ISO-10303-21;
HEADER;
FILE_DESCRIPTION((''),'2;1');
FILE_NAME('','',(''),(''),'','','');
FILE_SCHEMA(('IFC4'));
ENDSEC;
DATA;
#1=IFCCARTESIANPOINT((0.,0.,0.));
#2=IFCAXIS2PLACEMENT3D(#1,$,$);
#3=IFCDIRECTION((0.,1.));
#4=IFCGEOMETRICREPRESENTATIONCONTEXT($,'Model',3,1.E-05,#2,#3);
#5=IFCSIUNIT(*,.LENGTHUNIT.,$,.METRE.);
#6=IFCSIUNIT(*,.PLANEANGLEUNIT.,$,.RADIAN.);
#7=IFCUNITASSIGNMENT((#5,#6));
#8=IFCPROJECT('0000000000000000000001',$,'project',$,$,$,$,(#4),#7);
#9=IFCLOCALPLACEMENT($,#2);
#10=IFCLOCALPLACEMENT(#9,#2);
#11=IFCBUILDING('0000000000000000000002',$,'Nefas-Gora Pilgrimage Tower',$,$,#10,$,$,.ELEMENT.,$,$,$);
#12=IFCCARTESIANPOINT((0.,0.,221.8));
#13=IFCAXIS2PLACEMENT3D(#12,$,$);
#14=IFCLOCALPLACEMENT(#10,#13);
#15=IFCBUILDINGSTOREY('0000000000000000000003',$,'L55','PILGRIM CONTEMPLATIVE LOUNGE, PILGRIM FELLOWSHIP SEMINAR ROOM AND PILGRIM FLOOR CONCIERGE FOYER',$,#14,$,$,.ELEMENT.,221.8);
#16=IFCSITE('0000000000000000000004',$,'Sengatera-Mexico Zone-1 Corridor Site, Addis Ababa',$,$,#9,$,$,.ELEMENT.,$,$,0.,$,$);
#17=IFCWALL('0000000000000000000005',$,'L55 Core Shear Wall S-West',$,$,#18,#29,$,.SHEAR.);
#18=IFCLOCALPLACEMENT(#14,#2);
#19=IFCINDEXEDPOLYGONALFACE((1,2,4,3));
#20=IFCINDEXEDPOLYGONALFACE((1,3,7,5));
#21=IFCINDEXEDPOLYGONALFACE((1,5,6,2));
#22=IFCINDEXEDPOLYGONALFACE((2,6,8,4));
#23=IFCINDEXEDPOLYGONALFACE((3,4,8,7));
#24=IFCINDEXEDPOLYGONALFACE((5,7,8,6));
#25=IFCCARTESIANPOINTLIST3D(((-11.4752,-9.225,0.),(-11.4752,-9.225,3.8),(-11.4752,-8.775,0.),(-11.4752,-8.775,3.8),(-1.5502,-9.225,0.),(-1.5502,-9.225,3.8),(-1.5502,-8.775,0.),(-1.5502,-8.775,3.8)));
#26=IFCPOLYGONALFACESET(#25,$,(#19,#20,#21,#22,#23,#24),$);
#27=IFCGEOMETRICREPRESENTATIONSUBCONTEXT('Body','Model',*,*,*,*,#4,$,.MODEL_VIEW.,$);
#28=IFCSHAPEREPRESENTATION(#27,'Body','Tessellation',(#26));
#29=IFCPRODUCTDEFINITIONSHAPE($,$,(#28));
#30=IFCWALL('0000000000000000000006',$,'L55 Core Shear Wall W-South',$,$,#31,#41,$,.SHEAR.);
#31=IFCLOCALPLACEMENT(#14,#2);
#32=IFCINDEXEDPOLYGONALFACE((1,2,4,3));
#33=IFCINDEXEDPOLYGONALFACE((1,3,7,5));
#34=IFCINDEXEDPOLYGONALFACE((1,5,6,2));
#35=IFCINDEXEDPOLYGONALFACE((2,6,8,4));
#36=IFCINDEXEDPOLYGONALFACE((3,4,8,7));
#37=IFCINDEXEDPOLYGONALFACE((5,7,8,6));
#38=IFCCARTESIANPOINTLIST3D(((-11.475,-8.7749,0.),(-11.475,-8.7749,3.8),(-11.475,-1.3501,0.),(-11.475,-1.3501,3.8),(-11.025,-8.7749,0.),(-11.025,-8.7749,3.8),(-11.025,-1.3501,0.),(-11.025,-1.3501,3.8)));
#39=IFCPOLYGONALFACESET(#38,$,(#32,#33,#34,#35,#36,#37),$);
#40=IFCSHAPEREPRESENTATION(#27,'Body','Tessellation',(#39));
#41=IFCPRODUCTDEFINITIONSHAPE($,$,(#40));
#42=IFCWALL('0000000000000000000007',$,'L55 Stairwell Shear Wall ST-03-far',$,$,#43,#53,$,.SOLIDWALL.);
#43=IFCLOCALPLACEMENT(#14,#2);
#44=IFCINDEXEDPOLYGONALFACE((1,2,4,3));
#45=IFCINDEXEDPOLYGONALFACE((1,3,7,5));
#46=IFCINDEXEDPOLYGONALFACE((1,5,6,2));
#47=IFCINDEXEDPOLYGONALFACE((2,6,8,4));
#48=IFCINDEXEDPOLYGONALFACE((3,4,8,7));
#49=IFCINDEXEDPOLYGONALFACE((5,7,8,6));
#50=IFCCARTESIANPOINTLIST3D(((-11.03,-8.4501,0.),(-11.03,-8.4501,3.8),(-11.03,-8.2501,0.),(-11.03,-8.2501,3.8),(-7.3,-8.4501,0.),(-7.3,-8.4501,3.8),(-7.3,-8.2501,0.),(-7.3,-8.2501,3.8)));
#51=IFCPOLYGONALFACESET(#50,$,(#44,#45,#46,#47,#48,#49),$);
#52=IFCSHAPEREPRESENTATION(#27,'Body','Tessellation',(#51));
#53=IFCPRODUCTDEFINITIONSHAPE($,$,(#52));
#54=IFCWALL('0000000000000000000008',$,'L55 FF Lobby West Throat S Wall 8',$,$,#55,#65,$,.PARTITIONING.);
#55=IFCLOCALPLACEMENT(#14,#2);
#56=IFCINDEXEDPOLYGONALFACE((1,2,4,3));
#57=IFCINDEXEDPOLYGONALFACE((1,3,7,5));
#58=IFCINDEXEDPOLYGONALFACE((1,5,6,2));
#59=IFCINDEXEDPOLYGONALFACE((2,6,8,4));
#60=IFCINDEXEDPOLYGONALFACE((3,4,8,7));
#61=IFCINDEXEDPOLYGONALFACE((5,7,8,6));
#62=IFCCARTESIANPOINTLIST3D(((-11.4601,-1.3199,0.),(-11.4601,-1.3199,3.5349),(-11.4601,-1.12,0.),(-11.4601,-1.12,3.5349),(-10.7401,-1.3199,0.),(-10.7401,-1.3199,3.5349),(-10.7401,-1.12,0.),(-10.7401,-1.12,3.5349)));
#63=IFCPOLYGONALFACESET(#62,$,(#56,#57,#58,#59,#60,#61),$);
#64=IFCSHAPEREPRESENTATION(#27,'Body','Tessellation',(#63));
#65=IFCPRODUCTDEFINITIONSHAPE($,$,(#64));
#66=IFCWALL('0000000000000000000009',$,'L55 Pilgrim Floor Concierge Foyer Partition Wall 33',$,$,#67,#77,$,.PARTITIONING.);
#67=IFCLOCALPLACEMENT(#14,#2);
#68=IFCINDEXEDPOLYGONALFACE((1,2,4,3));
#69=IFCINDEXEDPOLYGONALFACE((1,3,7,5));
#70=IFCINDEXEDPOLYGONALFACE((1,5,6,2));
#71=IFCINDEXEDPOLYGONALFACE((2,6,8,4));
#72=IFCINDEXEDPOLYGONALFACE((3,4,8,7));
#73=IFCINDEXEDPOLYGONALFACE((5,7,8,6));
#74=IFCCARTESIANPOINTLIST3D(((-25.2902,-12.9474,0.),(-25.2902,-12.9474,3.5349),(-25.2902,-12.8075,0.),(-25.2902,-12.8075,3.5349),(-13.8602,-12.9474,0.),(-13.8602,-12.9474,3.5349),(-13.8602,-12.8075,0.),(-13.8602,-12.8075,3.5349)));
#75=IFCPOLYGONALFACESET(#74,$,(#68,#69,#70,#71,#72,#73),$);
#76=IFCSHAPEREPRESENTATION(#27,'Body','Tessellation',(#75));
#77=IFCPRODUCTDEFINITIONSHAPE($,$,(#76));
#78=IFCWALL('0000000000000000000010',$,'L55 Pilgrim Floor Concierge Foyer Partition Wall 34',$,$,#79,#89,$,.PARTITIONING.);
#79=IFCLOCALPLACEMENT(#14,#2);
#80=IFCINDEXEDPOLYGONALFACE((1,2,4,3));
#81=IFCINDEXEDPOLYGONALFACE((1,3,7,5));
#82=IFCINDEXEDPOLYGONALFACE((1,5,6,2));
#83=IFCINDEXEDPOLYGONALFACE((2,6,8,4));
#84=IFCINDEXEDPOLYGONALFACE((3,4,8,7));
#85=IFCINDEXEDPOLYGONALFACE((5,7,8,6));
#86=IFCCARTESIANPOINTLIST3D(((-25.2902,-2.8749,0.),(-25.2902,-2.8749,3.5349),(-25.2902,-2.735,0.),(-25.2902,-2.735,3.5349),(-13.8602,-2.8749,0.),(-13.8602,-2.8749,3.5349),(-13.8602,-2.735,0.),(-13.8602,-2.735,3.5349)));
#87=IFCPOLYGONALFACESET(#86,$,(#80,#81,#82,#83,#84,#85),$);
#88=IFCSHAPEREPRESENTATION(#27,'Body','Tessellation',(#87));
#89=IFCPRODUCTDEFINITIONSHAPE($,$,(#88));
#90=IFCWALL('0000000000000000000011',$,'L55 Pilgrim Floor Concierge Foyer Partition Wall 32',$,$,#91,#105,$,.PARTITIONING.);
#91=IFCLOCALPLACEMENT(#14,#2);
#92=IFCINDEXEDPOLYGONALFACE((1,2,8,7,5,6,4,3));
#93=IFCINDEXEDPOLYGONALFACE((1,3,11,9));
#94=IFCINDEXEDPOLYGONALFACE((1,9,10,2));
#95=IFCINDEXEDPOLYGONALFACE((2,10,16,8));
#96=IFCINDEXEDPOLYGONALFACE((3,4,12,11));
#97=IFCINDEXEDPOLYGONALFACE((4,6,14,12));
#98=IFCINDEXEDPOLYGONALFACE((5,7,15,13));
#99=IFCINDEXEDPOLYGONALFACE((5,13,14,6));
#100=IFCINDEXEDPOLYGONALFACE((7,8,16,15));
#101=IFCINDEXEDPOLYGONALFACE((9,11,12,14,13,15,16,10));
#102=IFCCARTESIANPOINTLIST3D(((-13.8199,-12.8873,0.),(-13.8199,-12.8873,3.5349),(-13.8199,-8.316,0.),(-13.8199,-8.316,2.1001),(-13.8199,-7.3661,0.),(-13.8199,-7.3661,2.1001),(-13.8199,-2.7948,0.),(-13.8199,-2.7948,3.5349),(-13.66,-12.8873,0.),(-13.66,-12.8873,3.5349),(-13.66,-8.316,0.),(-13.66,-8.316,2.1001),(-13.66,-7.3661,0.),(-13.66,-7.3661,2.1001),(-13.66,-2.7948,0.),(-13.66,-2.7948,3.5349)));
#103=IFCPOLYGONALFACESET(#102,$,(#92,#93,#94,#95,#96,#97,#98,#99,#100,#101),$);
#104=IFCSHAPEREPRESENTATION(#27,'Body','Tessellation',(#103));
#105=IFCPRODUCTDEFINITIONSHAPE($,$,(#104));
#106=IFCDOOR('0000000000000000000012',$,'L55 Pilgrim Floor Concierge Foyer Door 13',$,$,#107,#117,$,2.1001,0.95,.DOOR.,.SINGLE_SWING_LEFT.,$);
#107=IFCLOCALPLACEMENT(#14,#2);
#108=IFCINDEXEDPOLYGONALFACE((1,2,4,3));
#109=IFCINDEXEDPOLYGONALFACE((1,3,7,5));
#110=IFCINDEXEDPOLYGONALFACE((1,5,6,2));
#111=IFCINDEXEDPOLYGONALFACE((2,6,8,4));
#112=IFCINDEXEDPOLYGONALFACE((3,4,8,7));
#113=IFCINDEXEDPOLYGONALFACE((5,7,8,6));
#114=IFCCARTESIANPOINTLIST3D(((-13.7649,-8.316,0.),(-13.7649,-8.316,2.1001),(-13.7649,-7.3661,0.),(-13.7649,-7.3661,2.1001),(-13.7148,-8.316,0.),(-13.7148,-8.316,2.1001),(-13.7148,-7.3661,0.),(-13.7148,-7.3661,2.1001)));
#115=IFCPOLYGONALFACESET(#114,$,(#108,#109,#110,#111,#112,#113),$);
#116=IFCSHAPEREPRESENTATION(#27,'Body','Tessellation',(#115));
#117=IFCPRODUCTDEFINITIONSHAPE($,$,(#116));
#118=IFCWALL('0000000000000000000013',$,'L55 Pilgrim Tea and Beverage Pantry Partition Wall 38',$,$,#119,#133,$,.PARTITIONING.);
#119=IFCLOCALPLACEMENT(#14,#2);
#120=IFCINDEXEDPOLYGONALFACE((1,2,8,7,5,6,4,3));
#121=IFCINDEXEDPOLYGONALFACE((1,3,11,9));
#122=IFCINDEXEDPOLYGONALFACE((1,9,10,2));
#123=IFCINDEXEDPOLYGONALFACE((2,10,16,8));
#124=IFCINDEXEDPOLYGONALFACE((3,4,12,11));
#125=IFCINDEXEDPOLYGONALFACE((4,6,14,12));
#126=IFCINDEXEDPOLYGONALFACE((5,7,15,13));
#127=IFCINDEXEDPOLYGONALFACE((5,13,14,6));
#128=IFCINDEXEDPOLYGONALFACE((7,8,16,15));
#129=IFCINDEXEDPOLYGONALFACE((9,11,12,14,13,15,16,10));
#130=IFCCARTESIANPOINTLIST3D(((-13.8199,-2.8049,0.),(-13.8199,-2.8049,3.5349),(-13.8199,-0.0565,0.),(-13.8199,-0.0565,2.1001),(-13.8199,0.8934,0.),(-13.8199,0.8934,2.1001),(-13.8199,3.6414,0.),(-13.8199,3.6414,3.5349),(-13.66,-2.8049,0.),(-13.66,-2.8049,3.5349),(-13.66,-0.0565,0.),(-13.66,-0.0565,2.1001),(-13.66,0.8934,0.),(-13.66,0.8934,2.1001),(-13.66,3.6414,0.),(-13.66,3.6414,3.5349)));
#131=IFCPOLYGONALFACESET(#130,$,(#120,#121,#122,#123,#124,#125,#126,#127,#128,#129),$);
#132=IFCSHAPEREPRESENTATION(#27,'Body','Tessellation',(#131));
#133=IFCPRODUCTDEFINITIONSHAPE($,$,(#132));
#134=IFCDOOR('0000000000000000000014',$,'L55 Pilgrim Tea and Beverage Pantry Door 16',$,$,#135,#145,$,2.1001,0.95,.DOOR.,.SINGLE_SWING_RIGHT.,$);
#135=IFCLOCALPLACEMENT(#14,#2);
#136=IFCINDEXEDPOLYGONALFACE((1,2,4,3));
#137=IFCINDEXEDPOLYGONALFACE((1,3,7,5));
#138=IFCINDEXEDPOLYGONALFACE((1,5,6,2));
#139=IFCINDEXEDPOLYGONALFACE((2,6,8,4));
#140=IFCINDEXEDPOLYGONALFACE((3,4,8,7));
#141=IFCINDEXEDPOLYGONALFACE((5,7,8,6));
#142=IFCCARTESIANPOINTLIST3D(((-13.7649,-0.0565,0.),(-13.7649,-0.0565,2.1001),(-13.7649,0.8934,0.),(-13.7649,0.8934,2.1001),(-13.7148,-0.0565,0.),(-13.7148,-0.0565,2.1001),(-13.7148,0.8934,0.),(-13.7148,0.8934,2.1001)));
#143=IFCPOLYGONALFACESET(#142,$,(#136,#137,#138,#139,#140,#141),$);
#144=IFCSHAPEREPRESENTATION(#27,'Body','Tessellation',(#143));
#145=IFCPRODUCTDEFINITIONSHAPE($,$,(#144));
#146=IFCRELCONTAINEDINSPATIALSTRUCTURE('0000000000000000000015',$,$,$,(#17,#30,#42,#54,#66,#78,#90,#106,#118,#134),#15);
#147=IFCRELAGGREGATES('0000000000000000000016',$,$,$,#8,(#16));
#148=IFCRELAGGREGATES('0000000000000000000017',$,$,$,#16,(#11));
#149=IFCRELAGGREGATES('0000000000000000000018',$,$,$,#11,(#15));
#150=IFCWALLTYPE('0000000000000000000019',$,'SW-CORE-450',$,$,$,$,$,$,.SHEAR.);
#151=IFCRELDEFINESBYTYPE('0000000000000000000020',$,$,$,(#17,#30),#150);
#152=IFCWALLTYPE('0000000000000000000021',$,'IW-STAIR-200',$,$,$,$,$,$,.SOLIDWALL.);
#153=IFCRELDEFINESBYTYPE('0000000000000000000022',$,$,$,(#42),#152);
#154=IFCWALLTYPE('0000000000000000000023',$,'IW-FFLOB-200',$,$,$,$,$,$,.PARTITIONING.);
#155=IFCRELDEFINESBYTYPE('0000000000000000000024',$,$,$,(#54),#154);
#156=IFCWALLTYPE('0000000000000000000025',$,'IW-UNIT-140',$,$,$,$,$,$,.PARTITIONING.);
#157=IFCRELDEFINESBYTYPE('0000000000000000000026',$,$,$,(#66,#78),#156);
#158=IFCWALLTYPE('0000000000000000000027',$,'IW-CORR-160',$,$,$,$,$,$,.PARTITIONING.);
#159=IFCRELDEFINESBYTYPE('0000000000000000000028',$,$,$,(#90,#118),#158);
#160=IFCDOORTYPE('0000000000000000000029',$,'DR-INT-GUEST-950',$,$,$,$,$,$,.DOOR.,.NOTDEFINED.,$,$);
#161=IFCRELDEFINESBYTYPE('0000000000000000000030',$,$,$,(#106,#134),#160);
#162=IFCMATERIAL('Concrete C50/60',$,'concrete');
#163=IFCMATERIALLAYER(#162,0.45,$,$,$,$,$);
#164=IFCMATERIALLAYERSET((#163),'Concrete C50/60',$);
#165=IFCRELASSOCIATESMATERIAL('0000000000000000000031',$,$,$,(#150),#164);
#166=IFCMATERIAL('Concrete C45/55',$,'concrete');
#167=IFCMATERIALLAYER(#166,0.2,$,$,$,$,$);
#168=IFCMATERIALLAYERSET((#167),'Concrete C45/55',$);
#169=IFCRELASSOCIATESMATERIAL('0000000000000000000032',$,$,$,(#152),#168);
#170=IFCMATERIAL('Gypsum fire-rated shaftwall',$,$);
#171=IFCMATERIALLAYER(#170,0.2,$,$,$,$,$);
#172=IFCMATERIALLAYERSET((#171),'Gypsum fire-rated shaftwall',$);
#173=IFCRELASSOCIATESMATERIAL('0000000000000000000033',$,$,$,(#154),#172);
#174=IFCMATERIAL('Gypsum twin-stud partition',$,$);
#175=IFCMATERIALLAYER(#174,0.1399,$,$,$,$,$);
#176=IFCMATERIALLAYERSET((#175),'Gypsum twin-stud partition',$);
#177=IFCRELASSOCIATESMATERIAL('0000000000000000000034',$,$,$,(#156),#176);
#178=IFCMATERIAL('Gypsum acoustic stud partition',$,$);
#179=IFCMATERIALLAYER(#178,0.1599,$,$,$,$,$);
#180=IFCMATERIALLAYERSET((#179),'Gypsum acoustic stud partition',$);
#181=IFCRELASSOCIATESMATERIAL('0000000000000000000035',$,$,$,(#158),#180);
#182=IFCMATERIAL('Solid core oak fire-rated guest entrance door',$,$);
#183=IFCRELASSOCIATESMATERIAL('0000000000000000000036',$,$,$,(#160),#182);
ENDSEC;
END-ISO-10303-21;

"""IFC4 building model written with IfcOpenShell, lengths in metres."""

from ifc_helpers import new_model, si_unit, direction, frame, frame_2d, origin, place, context, subcontext, project, spatial, rectangle, extrude, source, transform, mapped, material, layer, layer_set, type_object, element, fill, save


model = new_model("IFC4")

# Units and contexts
model_context = context("Model", 3, precision=1e-05, world=origin(), true_north=direction((0.0, 1.0)))
body_context = subcontext(model_context, "Body", "Model", "MODEL_VIEW")
ifc_project = project(units=[si_unit("LENGTHUNIT", "METRE"), si_unit("PLANEANGLEUNIT", "RADIAN")], contexts=[model_context])

# Site, building, storey
site_placement = place(None, origin())
site = spatial("IfcSite", under=ifc_project, at=site_placement, Name="Sengatera-Mexico Zone-1 Corridor Site, Addis Ababa", CompositionType="ELEMENT", RefElevation=0.0)
building_placement = place(site_placement, origin())
building = spatial("IfcBuilding", under=site, at=building_placement, Name="Nefas-Gora Pilgrimage Tower", CompositionType="ELEMENT")
storey_placement = place(building_placement, frame((0.0, 0.0, 221.8)))
storey = spatial("IfcBuildingStorey", under=building, at=storey_placement, Name="L55", Description="PILGRIM CONTEMPLATIVE LOUNGE, PILGRIM FELLOWSHIP SEMINAR ROOM AND PILGRIM FLOOR CONCIERGE FOYER", CompositionType="ELEMENT", Elevation=221.8)

# Shared definitions
ifc_material_1 = material(Name="Concrete C50/60", Category="concrete")

# Walls
ifc_layer_1 = layer(ifc_material_1, 0.45)
ifc_layer_set_1 = layer_set([ifc_layer_1], Name="Concrete C50/60")
wall_type_1 = type_object("IfcWallType", Name="SW-CORE-450", PredefinedType="SHEAR", material=ifc_layer_set_1)
shared_shape_1 = source(origin(), body_context, "Body", "SweptSolid", [
    extrude(rectangle(XDim=9.925, YDim=0.45, at=frame_2d((4.9624, 0.0))), origin(), (0.0, 0.0, 1.0), 3.8),
])
wall_1_placement = place(storey_placement, frame((-11.4751, -9.0, 0.0), z_axis=(0.0, 0.0, 1.0), x_axis=(1.0, 0.0, 0.0)))
element("IfcWall", 1, at=wall_1_placement, inside=storey, type_object=wall_type_1, Name="L55 Core Shear Wall S-West", PredefinedType="SHEAR", context=body_context, shape_type="MappedRepresentation", body=[
    mapped(shared_shape_1, transform((0.0, 0.0, 0.0), x_axis=(1.0, 0.0, 0.0), y_axis=(0.0, 1.0, 0.0), z_axis=(0.0, 0.0, 1.0), scale=1.0)),
])
shared_shape_2 = source(origin(), body_context, "Body", "SweptSolid", [
    extrude(rectangle(XDim=7.4248, YDim=0.45, at=frame_2d((3.7124, 0.0))), origin(), (0.0, 0.0, 1.0), 3.8),
])
wall_2_placement = place(storey_placement, frame((-11.25, -8.7749, 0.0), z_axis=(0.0, 0.0, 1.0), x_axis=(0.0, 1.0, 0.0)))
element("IfcWall", 2, at=wall_2_placement, inside=storey, type_object=wall_type_1, Name="L55 Core Shear Wall W-South", PredefinedType="SHEAR", context=body_context, shape_type="MappedRepresentation", body=[
    mapped(shared_shape_2, transform((0.0, 0.0, 0.0), x_axis=(1.0, 0.0, 0.0), y_axis=(0.0, 1.0, 0.0), z_axis=(0.0, 0.0, 1.0), scale=1.0)),
])
ifc_material_2 = material(Name="Concrete C45/55", Category="concrete")
ifc_layer_2 = layer(ifc_material_2, 0.2)
ifc_layer_set_2 = layer_set([ifc_layer_2], Name="Concrete C45/55")
wall_type_2 = type_object("IfcWallType", Name="IW-STAIR-200", PredefinedType="SOLIDWALL", material=ifc_layer_set_2)
shared_shape_3 = source(origin(), body_context, "Body", "SweptSolid", [
    extrude(rectangle(XDim=3.73, YDim=0.2, at=frame_2d((1.865, 0.0))), origin(), (0.0, 0.0, 1.0), 3.8),
])
wall_3_placement = place(storey_placement, frame((-11.03, -8.3501, 0.0), z_axis=(0.0, 0.0, 1.0), x_axis=(1.0, 0.0, 0.0)))
element("IfcWall", 3, at=wall_3_placement, inside=storey, type_object=wall_type_2, Name="L55 Stairwell Shear Wall ST-03-far", PredefinedType="SOLIDWALL", context=body_context, shape_type="MappedRepresentation", body=[
    mapped(shared_shape_3, transform((0.0, 0.0, 0.0), x_axis=(1.0, 0.0, 0.0), y_axis=(0.0, 1.0, 0.0), z_axis=(0.0, 0.0, 1.0), scale=1.0)),
])
ifc_material_3 = material(Name="Gypsum fire-rated shaftwall")
ifc_layer_3 = layer(ifc_material_3, 0.2)
ifc_layer_set_3 = layer_set([ifc_layer_3], Name="Gypsum fire-rated shaftwall")
wall_type_3 = type_object("IfcWallType", Name="IW-FFLOB-200", PredefinedType="PARTITIONING", material=ifc_layer_set_3)
shared_shape_4 = source(origin(), body_context, "Body", "SweptSolid", [
    extrude(rectangle(XDim=0.72, YDim=0.2, at=frame_2d((0.3599, 0.0))), origin(), (0.0, 0.0, 1.0), 3.5349),
])
wall_4_placement = place(storey_placement, frame((-11.46, -1.22, 0.0), z_axis=(0.0, 0.0, 1.0), x_axis=(1.0, 0.0, 0.0)))
element("IfcWall", 4, at=wall_4_placement, inside=storey, type_object=wall_type_3, Name="L55 FF Lobby West Throat S Wall 8", PredefinedType="PARTITIONING", context=body_context, shape_type="MappedRepresentation", body=[
    mapped(shared_shape_4, transform((0.0, 0.0, 0.0), x_axis=(1.0, 0.0, 0.0), y_axis=(0.0, 1.0, 0.0), z_axis=(0.0, 0.0, 1.0), scale=1.0)),
])
ifc_material_4 = material(Name="Gypsum twin-stud partition")
ifc_layer_4 = layer(ifc_material_4, 0.1399)
ifc_layer_set_4 = layer_set([ifc_layer_4], Name="Gypsum twin-stud partition")
wall_type_4 = type_object("IfcWallType", Name="IW-UNIT-140", PredefinedType="PARTITIONING", material=ifc_layer_set_4)
shared_shape_5 = source(origin(), body_context, "Body", "SweptSolid", [
    extrude(rectangle(XDim=11.4299, YDim=0.1399, at=frame_2d((5.7148, 0.0))), origin(), (0.0, 0.0, 1.0), 3.5349),
])
for number, where, z_axis, x_axis, name in (
    (5, (-25.29, -12.8774, 0.0), (0.0, 0.0, 1.0), (1.0, 0.0, 0.0), "L55 Pilgrim Floor Concierge Foyer Partition Wall 33"),
    (6, (-25.29, -2.8049, 0.0), (0.0, 0.0, 1.0), (1.0, 0.0, 0.0), "L55 Pilgrim Floor Concierge Foyer Partition Wall 34"),
):
    element("IfcWall", number, at=place(storey_placement, frame(where, z_axis=z_axis, x_axis=x_axis)), inside=storey, type_object=wall_type_4, Name=name, PredefinedType="PARTITIONING", context=body_context, shape_type="MappedRepresentation", body=[
        mapped(shared_shape_5, transform((0.0, 0.0, 0.0), x_axis=(1.0, 0.0, 0.0), y_axis=(0.0, 1.0, 0.0), z_axis=(0.0, 0.0, 1.0), scale=1.0)),
    ])

# Walls, openings, doors
ifc_material_5 = material(Name="Gypsum acoustic stud partition")
ifc_layer_5 = layer(ifc_material_5, 0.1599)
ifc_layer_set_5 = layer_set([ifc_layer_5], Name="Gypsum acoustic stud partition")
wall_type_5 = type_object("IfcWallType", Name="IW-CORR-160", PredefinedType="PARTITIONING", material=ifc_layer_set_5)
shared_shape_6 = source(origin(), body_context, "Body", "SweptSolid", [
    extrude(rectangle(XDim=10.0925, YDim=0.1599, at=frame_2d((5.0464, 0.0))), origin(), (0.0, 0.0, 1.0), 3.5349),
])
wall_5_placement = place(storey_placement, frame((-13.74, -12.8875, 0.0), z_axis=(0.0, 0.0, 1.0), x_axis=(0.0, 1.0, 0.0)))
wall_5 = element("IfcWall", 7, at=wall_5_placement, inside=storey, type_object=wall_type_5, Name="L55 Pilgrim Floor Concierge Foyer Partition Wall 32", PredefinedType="PARTITIONING", context=body_context, shape_type="MappedRepresentation", body=[
    mapped(shared_shape_6, transform((0.0, 0.0, 0.0), x_axis=(1.0, 0.0, 0.0), y_axis=(0.0, 1.0, 0.0), z_axis=(0.0, 0.0, 1.0), scale=1.0)),
])
opening_1_placement = place(wall_5_placement, frame((4.5713, 0.0, 0.0)))
opening_1 = element("IfcOpeningElement", 8, at=opening_1_placement, cuts=wall_5, PredefinedType="OPENING", context=body_context, shape_type="SweptSolid", body=[
    extrude(rectangle(XDim=0.95, YDim=2.1001, at=frame_2d((0.4751, 1.05))), frame((0.0, 0.0898, 0.0), z_axis=(0.0, -1.0, 0.0), x_axis=(1.0, 0.0, 0.0)), (0.0, 0.0, 1.0), 0.1799),
])
ifc_material_6 = material(Name="Solid core oak fire-rated guest entrance door")
door_type_1 = type_object("IfcDoorType", Name="DR-INT-GUEST-950", OperationType="NOTDEFINED", PredefinedType="DOOR", material=ifc_material_6)
shared_shape_7 = source(origin(), body_context, "Body", "SweptSolid", [
    extrude(rectangle(XDim=0.95, YDim=2.1001, at=frame_2d((0.4751, 1.05))), frame((0.0, 0.0249, 0.0), z_axis=(0.0, -1.0, 0.0), x_axis=(1.0, 0.0, 0.0)), (0.0, 0.0, 1.0), 0.05),
])
door_1_placement = place(opening_1_placement, origin())
door_1 = element("IfcDoor", 9, at=door_1_placement, inside=storey, type_object=door_type_1, Name="L55 Pilgrim Floor Concierge Foyer Door 13", OperationType="SINGLE_SWING_LEFT", OverallHeight=2.1001, OverallWidth=0.95, PredefinedType="DOOR", context=body_context, shape_type="MappedRepresentation", body=[
    mapped(shared_shape_7, transform((0.0, 0.0, 0.0), x_axis=(1.0, 0.0, 0.0), y_axis=(0.0, 1.0, 0.0), z_axis=(0.0, 0.0, 1.0), scale=1.0)),
])
fill(opening_1, door_1)
shared_shape_8 = source(origin(), body_context, "Body", "SweptSolid", [
    extrude(rectangle(XDim=6.4463, YDim=0.1599, at=frame_2d((3.2231, 0.0))), origin(), (0.0, 0.0, 1.0), 3.5349),
])
wall_6_placement = place(storey_placement, frame((-13.74, -2.8049, 0.0), z_axis=(0.0, 0.0, 1.0), x_axis=(0.0, 1.0, 0.0)))
wall_6 = element("IfcWall", 10, at=wall_6_placement, inside=storey, type_object=wall_type_5, Name="L55 Pilgrim Tea and Beverage Pantry Partition Wall 38", PredefinedType="PARTITIONING", context=body_context, shape_type="MappedRepresentation", body=[
    mapped(shared_shape_8, transform((0.0, 0.0, 0.0), x_axis=(1.0, 0.0, 0.0), y_axis=(0.0, 1.0, 0.0), z_axis=(0.0, 0.0, 1.0), scale=1.0)),
])
opening_2_placement = place(wall_6_placement, frame((2.7483, 0.0, 0.0)))
opening_2 = element("IfcOpeningElement", 11, at=opening_2_placement, cuts=wall_6, PredefinedType="OPENING", context=body_context, shape_type="SweptSolid", body=[
    extrude(rectangle(XDim=0.95, YDim=2.1001, at=frame_2d((0.4751, 1.05))), frame((0.0, 0.0898, 0.0), z_axis=(0.0, -1.0, 0.0), x_axis=(1.0, 0.0, 0.0)), (0.0, 0.0, 1.0), 0.1799),
])
door_2_placement = place(opening_2_placement, origin())
door_2 = element("IfcDoor", 12, at=door_2_placement, inside=storey, type_object=door_type_1, Name="L55 Pilgrim Tea and Beverage Pantry Door 16", OperationType="SINGLE_SWING_RIGHT", OverallHeight=2.1001, OverallWidth=0.95, PredefinedType="DOOR", context=body_context, shape_type="MappedRepresentation", body=[
    mapped(shared_shape_7, transform((0.0, 0.0, 0.0), x_axis=(1.0, 0.0, 0.0), y_axis=(0.0, 1.0, 0.0), z_axis=(0.0, 0.0, 1.0), scale=1.0)),
])
fill(opening_2, door_2)

save(model, "model.ifc")
